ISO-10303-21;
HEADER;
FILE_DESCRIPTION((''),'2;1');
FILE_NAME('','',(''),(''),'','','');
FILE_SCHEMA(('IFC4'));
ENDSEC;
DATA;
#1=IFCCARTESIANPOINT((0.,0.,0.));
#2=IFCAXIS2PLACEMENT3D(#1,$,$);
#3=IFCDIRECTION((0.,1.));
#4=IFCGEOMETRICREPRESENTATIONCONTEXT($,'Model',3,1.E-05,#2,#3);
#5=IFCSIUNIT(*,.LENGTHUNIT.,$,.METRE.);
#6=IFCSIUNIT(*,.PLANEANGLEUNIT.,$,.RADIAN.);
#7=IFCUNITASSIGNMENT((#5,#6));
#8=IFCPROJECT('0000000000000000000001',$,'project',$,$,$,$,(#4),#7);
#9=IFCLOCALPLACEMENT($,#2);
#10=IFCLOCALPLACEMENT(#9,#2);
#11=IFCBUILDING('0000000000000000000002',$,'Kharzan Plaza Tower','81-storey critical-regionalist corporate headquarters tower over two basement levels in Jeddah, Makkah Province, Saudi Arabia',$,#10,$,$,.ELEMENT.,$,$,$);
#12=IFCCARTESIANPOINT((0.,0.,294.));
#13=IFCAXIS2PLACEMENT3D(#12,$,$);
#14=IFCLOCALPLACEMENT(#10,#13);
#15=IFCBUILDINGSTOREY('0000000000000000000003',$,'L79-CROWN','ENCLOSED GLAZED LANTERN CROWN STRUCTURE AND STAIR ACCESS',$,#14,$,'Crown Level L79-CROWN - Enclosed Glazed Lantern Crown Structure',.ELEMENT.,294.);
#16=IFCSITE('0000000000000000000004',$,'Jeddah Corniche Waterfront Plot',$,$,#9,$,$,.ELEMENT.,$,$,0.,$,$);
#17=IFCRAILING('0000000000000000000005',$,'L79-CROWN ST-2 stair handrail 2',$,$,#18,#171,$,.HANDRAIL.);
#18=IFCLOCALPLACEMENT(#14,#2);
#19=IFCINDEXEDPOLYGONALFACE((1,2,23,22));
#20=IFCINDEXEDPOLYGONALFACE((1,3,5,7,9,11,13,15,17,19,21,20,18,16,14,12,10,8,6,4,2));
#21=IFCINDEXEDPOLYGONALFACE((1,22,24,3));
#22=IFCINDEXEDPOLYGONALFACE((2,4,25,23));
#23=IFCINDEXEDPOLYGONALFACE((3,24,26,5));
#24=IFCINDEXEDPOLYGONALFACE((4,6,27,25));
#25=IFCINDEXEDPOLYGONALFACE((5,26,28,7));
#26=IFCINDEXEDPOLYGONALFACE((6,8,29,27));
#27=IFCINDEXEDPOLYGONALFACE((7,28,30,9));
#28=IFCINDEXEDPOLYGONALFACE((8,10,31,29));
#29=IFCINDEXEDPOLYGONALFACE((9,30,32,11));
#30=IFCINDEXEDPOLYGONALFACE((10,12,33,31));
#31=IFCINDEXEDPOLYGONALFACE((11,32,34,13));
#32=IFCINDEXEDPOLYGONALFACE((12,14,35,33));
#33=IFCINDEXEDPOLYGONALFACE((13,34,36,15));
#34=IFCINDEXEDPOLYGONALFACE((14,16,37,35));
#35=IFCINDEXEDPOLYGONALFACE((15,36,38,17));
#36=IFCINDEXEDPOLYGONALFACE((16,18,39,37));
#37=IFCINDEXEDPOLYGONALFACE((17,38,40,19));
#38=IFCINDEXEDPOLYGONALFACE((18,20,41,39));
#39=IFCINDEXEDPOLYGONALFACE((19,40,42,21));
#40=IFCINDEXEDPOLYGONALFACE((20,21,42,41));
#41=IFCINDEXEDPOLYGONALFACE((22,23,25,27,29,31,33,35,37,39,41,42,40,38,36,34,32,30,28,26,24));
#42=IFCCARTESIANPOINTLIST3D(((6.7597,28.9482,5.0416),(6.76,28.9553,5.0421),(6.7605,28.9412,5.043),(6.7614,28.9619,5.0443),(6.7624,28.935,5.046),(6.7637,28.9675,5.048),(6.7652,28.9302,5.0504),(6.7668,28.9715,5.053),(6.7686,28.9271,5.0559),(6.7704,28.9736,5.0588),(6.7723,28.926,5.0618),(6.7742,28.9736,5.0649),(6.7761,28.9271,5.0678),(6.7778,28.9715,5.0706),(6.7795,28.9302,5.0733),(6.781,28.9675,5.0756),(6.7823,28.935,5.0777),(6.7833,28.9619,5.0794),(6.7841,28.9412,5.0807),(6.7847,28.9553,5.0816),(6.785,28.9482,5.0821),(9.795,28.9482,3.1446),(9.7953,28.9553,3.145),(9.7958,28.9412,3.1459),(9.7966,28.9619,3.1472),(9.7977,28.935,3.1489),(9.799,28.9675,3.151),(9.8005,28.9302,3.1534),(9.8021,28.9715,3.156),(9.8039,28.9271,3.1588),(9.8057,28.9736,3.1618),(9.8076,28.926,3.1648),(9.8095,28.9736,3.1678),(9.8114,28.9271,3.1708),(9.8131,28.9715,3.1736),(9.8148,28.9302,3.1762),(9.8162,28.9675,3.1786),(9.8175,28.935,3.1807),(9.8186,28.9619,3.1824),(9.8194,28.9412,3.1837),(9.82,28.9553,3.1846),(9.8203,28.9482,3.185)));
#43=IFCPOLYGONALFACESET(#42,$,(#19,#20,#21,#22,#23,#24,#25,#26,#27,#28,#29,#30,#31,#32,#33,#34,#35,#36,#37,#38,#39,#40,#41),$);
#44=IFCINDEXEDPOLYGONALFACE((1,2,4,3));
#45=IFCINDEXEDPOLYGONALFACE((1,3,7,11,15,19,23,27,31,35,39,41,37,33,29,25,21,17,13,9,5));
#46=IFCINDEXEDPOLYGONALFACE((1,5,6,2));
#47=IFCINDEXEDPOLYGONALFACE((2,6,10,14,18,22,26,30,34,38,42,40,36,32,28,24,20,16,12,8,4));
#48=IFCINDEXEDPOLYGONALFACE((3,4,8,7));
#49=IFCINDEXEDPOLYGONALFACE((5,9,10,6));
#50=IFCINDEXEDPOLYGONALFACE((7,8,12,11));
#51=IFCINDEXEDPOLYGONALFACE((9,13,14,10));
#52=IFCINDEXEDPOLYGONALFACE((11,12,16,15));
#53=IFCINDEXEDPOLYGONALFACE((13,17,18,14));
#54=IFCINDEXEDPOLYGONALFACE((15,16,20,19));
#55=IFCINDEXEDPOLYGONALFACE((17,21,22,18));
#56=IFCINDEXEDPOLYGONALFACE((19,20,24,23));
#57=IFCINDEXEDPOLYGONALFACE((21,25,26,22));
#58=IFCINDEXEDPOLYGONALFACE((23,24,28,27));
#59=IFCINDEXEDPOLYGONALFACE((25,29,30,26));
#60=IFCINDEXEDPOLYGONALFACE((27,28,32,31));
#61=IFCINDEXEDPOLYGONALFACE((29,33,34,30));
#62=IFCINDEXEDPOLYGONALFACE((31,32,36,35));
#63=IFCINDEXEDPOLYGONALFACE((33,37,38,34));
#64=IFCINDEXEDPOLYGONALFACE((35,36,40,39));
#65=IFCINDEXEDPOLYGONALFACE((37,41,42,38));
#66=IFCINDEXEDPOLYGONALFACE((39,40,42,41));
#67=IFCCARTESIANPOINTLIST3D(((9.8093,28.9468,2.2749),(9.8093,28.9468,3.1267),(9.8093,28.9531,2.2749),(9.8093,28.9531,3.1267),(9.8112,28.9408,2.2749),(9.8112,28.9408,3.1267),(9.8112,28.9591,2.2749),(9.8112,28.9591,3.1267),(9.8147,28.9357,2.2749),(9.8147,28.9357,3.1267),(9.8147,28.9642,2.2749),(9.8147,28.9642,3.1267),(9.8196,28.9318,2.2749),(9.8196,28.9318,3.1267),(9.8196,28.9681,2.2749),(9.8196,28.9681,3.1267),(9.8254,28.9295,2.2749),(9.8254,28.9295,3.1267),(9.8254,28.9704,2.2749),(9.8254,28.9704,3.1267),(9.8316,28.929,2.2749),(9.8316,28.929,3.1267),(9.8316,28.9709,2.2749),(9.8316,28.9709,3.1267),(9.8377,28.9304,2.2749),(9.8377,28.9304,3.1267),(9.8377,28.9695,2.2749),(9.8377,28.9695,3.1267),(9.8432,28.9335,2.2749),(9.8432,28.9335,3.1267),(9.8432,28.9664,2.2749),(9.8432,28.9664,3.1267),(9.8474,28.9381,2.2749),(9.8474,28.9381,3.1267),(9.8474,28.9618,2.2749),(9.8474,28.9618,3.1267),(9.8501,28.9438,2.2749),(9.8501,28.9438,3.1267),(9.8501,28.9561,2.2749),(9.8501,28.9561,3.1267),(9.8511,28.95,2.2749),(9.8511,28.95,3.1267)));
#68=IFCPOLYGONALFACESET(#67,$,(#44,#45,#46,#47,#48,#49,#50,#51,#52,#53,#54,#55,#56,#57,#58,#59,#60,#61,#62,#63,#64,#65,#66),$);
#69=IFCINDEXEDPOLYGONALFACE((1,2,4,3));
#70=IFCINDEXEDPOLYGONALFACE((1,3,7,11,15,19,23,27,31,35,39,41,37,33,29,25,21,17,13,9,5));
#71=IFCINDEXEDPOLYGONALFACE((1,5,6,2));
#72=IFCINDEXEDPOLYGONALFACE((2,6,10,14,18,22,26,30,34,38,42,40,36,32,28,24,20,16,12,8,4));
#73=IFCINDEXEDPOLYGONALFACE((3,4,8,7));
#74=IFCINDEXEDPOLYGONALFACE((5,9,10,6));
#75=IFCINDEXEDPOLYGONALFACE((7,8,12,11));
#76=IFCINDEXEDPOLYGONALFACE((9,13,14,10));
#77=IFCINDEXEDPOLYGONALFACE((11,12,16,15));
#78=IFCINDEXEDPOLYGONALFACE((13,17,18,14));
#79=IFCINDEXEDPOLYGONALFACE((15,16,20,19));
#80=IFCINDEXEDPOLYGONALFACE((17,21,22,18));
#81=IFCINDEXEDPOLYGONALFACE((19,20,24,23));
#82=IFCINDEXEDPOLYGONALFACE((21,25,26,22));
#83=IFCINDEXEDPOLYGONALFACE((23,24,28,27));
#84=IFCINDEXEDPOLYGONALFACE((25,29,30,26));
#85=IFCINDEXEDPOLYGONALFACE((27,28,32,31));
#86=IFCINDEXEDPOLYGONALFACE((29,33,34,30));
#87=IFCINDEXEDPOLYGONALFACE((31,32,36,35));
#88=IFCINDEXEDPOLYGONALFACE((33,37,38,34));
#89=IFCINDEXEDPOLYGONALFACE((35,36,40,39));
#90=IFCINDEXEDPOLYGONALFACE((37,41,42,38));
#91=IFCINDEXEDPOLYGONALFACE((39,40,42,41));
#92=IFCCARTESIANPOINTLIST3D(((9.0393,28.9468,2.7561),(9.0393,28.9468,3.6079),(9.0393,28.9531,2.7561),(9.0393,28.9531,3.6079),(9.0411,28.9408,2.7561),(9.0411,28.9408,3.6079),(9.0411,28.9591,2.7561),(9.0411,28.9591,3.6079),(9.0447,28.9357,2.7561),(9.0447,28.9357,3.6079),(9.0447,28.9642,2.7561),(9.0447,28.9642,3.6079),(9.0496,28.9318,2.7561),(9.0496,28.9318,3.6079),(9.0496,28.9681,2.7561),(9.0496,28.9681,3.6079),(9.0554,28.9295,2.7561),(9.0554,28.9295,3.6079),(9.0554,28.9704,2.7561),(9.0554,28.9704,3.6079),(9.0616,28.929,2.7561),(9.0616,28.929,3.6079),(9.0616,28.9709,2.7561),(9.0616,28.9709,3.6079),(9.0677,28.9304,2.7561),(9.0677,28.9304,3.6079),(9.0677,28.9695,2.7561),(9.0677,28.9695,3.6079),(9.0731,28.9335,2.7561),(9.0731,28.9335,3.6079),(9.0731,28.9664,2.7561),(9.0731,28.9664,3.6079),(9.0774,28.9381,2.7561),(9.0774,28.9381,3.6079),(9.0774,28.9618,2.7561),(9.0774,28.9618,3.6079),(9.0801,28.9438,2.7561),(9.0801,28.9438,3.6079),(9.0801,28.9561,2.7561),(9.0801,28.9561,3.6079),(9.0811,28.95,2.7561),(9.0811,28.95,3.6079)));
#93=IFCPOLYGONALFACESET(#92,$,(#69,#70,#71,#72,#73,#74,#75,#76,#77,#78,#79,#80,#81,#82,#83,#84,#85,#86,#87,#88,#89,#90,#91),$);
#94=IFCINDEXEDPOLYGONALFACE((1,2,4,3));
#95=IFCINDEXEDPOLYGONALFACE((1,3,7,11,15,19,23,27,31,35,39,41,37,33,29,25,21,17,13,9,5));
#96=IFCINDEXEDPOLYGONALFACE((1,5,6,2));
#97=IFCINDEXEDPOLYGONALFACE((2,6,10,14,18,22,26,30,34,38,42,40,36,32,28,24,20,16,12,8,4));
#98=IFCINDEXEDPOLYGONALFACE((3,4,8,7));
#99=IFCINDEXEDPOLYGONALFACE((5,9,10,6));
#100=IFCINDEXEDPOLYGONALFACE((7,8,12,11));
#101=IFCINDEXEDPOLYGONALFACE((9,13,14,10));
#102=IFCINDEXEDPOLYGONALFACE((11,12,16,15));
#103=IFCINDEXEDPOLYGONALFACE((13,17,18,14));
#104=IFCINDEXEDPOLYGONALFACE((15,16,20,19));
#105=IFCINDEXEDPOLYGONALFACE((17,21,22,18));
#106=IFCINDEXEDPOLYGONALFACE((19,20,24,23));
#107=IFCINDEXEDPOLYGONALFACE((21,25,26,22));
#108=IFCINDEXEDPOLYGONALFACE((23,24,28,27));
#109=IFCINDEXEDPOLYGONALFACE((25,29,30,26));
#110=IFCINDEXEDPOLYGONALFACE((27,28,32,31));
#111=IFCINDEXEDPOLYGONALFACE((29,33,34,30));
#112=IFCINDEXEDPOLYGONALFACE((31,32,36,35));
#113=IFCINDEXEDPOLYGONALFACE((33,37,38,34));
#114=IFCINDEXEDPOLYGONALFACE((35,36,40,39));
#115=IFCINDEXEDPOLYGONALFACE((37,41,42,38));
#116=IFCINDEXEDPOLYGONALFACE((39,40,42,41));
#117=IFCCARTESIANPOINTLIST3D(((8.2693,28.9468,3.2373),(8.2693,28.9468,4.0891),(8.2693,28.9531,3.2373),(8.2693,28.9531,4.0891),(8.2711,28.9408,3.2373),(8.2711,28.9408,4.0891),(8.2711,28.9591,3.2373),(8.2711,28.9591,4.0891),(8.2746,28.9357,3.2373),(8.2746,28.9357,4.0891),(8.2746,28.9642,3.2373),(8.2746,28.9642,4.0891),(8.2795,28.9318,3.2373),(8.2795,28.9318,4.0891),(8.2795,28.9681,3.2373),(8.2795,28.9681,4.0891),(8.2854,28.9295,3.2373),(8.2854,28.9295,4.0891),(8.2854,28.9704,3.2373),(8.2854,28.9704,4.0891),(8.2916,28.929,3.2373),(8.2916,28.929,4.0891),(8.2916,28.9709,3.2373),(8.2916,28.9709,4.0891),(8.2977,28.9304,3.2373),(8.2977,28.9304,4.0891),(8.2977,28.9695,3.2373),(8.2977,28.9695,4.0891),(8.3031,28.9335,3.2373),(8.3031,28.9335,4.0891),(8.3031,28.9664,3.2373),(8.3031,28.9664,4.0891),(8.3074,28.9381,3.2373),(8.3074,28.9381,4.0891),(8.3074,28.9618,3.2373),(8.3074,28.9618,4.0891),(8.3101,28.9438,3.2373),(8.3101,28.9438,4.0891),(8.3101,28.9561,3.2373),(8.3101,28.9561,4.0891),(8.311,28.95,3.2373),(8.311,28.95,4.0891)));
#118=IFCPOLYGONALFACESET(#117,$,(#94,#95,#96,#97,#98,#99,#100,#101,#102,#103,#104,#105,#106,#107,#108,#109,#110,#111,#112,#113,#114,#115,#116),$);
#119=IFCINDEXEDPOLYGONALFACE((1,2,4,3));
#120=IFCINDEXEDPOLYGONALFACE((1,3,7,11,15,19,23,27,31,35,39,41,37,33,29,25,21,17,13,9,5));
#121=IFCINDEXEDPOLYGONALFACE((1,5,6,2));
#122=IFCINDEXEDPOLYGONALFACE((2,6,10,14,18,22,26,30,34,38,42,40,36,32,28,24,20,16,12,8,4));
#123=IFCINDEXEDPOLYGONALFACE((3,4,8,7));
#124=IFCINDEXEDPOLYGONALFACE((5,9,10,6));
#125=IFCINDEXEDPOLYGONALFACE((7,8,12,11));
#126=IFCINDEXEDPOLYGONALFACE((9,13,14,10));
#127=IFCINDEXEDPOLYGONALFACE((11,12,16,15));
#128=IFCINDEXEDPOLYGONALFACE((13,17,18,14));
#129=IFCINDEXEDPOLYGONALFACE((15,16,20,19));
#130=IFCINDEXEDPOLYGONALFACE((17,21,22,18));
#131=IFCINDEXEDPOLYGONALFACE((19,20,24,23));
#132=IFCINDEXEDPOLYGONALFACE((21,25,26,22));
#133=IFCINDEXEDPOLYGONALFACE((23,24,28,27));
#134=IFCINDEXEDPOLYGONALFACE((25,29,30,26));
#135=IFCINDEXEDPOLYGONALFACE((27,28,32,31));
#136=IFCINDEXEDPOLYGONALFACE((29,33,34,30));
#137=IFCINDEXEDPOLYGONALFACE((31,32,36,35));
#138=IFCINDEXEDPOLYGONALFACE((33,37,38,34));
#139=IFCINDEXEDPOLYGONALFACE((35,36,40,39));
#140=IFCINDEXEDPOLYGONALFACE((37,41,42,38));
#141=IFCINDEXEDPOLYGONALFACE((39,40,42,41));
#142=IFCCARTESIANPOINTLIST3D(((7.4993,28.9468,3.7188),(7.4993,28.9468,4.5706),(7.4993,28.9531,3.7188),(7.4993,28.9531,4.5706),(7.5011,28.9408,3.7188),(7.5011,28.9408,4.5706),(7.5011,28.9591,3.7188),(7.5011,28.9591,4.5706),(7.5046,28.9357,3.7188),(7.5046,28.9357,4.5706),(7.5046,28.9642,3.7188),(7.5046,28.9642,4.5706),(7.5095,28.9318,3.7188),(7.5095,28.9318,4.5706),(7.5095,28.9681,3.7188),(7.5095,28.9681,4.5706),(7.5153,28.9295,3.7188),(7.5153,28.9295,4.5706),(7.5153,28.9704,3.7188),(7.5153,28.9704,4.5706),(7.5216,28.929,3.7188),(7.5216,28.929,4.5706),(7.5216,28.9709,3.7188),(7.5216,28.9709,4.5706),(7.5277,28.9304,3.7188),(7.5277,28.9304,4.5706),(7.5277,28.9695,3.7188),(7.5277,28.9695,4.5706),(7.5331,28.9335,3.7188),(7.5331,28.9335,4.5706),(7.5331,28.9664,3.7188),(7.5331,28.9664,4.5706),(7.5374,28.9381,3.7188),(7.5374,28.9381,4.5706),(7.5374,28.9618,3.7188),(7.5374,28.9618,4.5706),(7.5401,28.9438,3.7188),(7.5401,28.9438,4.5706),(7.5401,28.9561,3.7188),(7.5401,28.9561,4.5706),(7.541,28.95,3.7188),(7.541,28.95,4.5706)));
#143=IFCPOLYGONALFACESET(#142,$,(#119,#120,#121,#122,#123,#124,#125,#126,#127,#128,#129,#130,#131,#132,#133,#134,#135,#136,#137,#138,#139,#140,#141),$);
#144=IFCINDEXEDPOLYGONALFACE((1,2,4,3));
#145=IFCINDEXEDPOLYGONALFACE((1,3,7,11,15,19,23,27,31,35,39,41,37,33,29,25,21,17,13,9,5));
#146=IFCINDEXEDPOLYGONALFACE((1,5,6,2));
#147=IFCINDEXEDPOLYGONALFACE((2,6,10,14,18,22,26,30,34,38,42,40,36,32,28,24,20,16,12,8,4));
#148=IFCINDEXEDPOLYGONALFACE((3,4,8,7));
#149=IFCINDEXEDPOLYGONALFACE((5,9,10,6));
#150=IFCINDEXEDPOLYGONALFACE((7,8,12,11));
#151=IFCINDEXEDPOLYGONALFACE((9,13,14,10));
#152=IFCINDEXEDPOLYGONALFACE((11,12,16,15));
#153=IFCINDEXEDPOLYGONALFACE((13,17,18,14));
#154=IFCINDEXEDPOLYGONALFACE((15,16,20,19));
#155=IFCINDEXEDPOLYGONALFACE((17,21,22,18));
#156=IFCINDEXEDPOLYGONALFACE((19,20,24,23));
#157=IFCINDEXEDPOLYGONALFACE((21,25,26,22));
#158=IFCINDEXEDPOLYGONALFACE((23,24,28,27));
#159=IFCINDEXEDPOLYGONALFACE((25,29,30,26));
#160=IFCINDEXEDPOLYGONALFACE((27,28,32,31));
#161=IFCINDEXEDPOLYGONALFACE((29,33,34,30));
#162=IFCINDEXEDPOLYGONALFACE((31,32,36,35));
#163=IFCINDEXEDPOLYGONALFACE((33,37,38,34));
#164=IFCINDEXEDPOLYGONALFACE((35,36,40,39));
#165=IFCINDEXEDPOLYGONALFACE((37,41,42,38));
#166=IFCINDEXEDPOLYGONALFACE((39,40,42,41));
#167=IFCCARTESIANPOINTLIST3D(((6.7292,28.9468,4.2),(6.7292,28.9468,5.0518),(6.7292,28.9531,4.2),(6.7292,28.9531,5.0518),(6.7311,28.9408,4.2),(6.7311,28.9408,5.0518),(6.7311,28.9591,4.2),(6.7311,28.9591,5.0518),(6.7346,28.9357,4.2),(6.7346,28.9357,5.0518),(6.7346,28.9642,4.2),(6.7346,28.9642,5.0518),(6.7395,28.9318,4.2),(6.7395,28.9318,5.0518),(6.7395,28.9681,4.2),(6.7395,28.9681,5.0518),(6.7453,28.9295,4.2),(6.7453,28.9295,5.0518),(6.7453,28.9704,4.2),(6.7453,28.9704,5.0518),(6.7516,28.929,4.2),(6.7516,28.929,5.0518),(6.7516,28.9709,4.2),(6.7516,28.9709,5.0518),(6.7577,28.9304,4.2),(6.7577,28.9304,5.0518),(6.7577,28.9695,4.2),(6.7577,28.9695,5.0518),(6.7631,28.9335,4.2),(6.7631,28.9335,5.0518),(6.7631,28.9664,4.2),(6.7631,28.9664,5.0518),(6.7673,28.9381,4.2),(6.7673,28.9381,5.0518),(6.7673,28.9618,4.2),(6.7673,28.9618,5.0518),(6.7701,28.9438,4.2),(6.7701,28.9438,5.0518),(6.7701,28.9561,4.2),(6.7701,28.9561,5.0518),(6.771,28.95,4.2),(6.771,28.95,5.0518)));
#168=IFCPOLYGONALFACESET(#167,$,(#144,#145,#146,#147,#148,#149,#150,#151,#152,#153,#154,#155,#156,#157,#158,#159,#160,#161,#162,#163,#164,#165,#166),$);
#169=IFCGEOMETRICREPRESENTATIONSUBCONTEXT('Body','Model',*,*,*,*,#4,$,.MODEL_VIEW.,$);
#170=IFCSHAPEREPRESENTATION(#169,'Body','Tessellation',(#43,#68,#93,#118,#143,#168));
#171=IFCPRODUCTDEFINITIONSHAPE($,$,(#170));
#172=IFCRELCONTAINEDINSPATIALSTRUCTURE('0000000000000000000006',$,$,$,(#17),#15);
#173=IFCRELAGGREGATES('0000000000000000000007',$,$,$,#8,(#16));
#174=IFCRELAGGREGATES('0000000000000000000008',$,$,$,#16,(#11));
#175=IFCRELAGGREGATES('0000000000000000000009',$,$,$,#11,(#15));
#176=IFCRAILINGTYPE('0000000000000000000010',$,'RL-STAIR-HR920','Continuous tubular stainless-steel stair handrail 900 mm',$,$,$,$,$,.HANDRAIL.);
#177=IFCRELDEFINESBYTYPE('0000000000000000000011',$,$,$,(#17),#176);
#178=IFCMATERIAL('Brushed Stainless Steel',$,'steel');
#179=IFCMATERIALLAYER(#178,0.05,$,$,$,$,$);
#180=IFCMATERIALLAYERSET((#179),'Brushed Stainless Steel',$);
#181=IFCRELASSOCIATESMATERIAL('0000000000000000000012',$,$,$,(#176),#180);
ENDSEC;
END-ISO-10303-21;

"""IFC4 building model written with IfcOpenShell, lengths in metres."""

from ifc_helpers import new_model, si_unit, direction, frame, origin, origin_2d, place, context, subcontext, project, spatial, circle, extrude, source, transform, mapped, material, layer, layer_set, type_object, element, save


model = new_model("IFC4")

# Units and contexts
model_context = context("Model", 3, precision=1e-05, world=origin(), true_north=direction((0.0, 1.0)))
body_context = subcontext(model_context, "Body", "Model", "MODEL_VIEW")
ifc_project = project(units=[si_unit("LENGTHUNIT", "METRE"), si_unit("PLANEANGLEUNIT", "RADIAN")], contexts=[model_context])

# Site, building, storey
site_placement = place(None, origin())
site = spatial("IfcSite", under=ifc_project, at=site_placement, Name="Jeddah Corniche Waterfront Plot", CompositionType="ELEMENT", RefElevation=0.0)
building_placement = place(site_placement, origin())
building = spatial("IfcBuilding", under=site, at=building_placement, Name="Kharzan Plaza Tower", Description="81-storey critical-regionalist corporate headquarters tower over two basement levels in Jeddah, Makkah Province, Saudi Arabia", CompositionType="ELEMENT")
storey_placement = place(building_placement, frame((0.0, 0.0, 294.0)))
storey = spatial("IfcBuildingStorey", under=building, at=storey_placement, Name="L79-CROWN", Description="ENCLOSED GLAZED LANTERN CROWN STRUCTURE AND STAIR ACCESS", LongName="Crown Level L79-CROWN - Enclosed Glazed Lantern Crown Structure", CompositionType="ELEMENT", Elevation=294.0)

# Railing
ifc_material_1 = material(Name="Brushed Stainless Steel", Category="steel")
ifc_layer_1 = layer(ifc_material_1, 0.05)
ifc_layer_set_1 = layer_set([ifc_layer_1], Name="Brushed Stainless Steel")
railing_type = type_object("IfcRailingType", Name="RL-STAIR-HR920", Description="Continuous tubular stainless-steel stair handrail 900 mm", PredefinedType="HANDRAIL", material=ifc_layer_set_1)
shared_shape_1 = source(origin(), body_context, "Body", "SweptSolid", [
    extrude(circle(Radius=0.0239, at=origin_2d()), frame((-0.0225, 0.0, 0.8899), z_axis=(-0.847998, 0.0, 0.529999), x_axis=(0.0, -1.0, 0.0)), (0.0, 0.0, 1.0), 3.5793),
    extrude(circle(Radius=0.021, at=origin_2d()), origin(), (0.0, 0.0, 1.0), 0.8518),
    extrude(circle(Radius=0.021, at=origin_2d()), frame((-0.77, 0.0, 0.4812)), (0.0, 0.0, 1.0), 0.8518),
    extrude(circle(Radius=0.021, at=origin_2d()), frame((-1.54, 0.0, 0.9624)), (0.0, 0.0, 1.0), 0.8518),
    extrude(circle(Radius=0.021, at=origin_2d()), frame((-2.3101, 0.0, 1.4438)), (0.0, 0.0, 1.0), 0.8518),
    extrude(circle(Radius=0.021, at=origin_2d()), frame((-3.0801, 0.0, 1.925)), (0.0, 0.0, 1.0), 0.8518),
])
railing_placement = place(storey_placement, frame((9.8301, 28.95, 2.2749)))
element("IfcRailing", 1, at=railing_placement, inside=storey, type_object=railing_type, Name="L79-CROWN ST-2 stair handrail 2", PredefinedType="HANDRAIL", context=body_context, shape_type="MappedRepresentation", body=[
    mapped(shared_shape_1, transform((0.0, 0.0, 0.0), x_axis=(1.0, 0.0, 0.0), y_axis=(0.0, 1.0, 0.0), z_axis=(0.0, 0.0, 1.0))),
])

save(model, "model.ifc")
